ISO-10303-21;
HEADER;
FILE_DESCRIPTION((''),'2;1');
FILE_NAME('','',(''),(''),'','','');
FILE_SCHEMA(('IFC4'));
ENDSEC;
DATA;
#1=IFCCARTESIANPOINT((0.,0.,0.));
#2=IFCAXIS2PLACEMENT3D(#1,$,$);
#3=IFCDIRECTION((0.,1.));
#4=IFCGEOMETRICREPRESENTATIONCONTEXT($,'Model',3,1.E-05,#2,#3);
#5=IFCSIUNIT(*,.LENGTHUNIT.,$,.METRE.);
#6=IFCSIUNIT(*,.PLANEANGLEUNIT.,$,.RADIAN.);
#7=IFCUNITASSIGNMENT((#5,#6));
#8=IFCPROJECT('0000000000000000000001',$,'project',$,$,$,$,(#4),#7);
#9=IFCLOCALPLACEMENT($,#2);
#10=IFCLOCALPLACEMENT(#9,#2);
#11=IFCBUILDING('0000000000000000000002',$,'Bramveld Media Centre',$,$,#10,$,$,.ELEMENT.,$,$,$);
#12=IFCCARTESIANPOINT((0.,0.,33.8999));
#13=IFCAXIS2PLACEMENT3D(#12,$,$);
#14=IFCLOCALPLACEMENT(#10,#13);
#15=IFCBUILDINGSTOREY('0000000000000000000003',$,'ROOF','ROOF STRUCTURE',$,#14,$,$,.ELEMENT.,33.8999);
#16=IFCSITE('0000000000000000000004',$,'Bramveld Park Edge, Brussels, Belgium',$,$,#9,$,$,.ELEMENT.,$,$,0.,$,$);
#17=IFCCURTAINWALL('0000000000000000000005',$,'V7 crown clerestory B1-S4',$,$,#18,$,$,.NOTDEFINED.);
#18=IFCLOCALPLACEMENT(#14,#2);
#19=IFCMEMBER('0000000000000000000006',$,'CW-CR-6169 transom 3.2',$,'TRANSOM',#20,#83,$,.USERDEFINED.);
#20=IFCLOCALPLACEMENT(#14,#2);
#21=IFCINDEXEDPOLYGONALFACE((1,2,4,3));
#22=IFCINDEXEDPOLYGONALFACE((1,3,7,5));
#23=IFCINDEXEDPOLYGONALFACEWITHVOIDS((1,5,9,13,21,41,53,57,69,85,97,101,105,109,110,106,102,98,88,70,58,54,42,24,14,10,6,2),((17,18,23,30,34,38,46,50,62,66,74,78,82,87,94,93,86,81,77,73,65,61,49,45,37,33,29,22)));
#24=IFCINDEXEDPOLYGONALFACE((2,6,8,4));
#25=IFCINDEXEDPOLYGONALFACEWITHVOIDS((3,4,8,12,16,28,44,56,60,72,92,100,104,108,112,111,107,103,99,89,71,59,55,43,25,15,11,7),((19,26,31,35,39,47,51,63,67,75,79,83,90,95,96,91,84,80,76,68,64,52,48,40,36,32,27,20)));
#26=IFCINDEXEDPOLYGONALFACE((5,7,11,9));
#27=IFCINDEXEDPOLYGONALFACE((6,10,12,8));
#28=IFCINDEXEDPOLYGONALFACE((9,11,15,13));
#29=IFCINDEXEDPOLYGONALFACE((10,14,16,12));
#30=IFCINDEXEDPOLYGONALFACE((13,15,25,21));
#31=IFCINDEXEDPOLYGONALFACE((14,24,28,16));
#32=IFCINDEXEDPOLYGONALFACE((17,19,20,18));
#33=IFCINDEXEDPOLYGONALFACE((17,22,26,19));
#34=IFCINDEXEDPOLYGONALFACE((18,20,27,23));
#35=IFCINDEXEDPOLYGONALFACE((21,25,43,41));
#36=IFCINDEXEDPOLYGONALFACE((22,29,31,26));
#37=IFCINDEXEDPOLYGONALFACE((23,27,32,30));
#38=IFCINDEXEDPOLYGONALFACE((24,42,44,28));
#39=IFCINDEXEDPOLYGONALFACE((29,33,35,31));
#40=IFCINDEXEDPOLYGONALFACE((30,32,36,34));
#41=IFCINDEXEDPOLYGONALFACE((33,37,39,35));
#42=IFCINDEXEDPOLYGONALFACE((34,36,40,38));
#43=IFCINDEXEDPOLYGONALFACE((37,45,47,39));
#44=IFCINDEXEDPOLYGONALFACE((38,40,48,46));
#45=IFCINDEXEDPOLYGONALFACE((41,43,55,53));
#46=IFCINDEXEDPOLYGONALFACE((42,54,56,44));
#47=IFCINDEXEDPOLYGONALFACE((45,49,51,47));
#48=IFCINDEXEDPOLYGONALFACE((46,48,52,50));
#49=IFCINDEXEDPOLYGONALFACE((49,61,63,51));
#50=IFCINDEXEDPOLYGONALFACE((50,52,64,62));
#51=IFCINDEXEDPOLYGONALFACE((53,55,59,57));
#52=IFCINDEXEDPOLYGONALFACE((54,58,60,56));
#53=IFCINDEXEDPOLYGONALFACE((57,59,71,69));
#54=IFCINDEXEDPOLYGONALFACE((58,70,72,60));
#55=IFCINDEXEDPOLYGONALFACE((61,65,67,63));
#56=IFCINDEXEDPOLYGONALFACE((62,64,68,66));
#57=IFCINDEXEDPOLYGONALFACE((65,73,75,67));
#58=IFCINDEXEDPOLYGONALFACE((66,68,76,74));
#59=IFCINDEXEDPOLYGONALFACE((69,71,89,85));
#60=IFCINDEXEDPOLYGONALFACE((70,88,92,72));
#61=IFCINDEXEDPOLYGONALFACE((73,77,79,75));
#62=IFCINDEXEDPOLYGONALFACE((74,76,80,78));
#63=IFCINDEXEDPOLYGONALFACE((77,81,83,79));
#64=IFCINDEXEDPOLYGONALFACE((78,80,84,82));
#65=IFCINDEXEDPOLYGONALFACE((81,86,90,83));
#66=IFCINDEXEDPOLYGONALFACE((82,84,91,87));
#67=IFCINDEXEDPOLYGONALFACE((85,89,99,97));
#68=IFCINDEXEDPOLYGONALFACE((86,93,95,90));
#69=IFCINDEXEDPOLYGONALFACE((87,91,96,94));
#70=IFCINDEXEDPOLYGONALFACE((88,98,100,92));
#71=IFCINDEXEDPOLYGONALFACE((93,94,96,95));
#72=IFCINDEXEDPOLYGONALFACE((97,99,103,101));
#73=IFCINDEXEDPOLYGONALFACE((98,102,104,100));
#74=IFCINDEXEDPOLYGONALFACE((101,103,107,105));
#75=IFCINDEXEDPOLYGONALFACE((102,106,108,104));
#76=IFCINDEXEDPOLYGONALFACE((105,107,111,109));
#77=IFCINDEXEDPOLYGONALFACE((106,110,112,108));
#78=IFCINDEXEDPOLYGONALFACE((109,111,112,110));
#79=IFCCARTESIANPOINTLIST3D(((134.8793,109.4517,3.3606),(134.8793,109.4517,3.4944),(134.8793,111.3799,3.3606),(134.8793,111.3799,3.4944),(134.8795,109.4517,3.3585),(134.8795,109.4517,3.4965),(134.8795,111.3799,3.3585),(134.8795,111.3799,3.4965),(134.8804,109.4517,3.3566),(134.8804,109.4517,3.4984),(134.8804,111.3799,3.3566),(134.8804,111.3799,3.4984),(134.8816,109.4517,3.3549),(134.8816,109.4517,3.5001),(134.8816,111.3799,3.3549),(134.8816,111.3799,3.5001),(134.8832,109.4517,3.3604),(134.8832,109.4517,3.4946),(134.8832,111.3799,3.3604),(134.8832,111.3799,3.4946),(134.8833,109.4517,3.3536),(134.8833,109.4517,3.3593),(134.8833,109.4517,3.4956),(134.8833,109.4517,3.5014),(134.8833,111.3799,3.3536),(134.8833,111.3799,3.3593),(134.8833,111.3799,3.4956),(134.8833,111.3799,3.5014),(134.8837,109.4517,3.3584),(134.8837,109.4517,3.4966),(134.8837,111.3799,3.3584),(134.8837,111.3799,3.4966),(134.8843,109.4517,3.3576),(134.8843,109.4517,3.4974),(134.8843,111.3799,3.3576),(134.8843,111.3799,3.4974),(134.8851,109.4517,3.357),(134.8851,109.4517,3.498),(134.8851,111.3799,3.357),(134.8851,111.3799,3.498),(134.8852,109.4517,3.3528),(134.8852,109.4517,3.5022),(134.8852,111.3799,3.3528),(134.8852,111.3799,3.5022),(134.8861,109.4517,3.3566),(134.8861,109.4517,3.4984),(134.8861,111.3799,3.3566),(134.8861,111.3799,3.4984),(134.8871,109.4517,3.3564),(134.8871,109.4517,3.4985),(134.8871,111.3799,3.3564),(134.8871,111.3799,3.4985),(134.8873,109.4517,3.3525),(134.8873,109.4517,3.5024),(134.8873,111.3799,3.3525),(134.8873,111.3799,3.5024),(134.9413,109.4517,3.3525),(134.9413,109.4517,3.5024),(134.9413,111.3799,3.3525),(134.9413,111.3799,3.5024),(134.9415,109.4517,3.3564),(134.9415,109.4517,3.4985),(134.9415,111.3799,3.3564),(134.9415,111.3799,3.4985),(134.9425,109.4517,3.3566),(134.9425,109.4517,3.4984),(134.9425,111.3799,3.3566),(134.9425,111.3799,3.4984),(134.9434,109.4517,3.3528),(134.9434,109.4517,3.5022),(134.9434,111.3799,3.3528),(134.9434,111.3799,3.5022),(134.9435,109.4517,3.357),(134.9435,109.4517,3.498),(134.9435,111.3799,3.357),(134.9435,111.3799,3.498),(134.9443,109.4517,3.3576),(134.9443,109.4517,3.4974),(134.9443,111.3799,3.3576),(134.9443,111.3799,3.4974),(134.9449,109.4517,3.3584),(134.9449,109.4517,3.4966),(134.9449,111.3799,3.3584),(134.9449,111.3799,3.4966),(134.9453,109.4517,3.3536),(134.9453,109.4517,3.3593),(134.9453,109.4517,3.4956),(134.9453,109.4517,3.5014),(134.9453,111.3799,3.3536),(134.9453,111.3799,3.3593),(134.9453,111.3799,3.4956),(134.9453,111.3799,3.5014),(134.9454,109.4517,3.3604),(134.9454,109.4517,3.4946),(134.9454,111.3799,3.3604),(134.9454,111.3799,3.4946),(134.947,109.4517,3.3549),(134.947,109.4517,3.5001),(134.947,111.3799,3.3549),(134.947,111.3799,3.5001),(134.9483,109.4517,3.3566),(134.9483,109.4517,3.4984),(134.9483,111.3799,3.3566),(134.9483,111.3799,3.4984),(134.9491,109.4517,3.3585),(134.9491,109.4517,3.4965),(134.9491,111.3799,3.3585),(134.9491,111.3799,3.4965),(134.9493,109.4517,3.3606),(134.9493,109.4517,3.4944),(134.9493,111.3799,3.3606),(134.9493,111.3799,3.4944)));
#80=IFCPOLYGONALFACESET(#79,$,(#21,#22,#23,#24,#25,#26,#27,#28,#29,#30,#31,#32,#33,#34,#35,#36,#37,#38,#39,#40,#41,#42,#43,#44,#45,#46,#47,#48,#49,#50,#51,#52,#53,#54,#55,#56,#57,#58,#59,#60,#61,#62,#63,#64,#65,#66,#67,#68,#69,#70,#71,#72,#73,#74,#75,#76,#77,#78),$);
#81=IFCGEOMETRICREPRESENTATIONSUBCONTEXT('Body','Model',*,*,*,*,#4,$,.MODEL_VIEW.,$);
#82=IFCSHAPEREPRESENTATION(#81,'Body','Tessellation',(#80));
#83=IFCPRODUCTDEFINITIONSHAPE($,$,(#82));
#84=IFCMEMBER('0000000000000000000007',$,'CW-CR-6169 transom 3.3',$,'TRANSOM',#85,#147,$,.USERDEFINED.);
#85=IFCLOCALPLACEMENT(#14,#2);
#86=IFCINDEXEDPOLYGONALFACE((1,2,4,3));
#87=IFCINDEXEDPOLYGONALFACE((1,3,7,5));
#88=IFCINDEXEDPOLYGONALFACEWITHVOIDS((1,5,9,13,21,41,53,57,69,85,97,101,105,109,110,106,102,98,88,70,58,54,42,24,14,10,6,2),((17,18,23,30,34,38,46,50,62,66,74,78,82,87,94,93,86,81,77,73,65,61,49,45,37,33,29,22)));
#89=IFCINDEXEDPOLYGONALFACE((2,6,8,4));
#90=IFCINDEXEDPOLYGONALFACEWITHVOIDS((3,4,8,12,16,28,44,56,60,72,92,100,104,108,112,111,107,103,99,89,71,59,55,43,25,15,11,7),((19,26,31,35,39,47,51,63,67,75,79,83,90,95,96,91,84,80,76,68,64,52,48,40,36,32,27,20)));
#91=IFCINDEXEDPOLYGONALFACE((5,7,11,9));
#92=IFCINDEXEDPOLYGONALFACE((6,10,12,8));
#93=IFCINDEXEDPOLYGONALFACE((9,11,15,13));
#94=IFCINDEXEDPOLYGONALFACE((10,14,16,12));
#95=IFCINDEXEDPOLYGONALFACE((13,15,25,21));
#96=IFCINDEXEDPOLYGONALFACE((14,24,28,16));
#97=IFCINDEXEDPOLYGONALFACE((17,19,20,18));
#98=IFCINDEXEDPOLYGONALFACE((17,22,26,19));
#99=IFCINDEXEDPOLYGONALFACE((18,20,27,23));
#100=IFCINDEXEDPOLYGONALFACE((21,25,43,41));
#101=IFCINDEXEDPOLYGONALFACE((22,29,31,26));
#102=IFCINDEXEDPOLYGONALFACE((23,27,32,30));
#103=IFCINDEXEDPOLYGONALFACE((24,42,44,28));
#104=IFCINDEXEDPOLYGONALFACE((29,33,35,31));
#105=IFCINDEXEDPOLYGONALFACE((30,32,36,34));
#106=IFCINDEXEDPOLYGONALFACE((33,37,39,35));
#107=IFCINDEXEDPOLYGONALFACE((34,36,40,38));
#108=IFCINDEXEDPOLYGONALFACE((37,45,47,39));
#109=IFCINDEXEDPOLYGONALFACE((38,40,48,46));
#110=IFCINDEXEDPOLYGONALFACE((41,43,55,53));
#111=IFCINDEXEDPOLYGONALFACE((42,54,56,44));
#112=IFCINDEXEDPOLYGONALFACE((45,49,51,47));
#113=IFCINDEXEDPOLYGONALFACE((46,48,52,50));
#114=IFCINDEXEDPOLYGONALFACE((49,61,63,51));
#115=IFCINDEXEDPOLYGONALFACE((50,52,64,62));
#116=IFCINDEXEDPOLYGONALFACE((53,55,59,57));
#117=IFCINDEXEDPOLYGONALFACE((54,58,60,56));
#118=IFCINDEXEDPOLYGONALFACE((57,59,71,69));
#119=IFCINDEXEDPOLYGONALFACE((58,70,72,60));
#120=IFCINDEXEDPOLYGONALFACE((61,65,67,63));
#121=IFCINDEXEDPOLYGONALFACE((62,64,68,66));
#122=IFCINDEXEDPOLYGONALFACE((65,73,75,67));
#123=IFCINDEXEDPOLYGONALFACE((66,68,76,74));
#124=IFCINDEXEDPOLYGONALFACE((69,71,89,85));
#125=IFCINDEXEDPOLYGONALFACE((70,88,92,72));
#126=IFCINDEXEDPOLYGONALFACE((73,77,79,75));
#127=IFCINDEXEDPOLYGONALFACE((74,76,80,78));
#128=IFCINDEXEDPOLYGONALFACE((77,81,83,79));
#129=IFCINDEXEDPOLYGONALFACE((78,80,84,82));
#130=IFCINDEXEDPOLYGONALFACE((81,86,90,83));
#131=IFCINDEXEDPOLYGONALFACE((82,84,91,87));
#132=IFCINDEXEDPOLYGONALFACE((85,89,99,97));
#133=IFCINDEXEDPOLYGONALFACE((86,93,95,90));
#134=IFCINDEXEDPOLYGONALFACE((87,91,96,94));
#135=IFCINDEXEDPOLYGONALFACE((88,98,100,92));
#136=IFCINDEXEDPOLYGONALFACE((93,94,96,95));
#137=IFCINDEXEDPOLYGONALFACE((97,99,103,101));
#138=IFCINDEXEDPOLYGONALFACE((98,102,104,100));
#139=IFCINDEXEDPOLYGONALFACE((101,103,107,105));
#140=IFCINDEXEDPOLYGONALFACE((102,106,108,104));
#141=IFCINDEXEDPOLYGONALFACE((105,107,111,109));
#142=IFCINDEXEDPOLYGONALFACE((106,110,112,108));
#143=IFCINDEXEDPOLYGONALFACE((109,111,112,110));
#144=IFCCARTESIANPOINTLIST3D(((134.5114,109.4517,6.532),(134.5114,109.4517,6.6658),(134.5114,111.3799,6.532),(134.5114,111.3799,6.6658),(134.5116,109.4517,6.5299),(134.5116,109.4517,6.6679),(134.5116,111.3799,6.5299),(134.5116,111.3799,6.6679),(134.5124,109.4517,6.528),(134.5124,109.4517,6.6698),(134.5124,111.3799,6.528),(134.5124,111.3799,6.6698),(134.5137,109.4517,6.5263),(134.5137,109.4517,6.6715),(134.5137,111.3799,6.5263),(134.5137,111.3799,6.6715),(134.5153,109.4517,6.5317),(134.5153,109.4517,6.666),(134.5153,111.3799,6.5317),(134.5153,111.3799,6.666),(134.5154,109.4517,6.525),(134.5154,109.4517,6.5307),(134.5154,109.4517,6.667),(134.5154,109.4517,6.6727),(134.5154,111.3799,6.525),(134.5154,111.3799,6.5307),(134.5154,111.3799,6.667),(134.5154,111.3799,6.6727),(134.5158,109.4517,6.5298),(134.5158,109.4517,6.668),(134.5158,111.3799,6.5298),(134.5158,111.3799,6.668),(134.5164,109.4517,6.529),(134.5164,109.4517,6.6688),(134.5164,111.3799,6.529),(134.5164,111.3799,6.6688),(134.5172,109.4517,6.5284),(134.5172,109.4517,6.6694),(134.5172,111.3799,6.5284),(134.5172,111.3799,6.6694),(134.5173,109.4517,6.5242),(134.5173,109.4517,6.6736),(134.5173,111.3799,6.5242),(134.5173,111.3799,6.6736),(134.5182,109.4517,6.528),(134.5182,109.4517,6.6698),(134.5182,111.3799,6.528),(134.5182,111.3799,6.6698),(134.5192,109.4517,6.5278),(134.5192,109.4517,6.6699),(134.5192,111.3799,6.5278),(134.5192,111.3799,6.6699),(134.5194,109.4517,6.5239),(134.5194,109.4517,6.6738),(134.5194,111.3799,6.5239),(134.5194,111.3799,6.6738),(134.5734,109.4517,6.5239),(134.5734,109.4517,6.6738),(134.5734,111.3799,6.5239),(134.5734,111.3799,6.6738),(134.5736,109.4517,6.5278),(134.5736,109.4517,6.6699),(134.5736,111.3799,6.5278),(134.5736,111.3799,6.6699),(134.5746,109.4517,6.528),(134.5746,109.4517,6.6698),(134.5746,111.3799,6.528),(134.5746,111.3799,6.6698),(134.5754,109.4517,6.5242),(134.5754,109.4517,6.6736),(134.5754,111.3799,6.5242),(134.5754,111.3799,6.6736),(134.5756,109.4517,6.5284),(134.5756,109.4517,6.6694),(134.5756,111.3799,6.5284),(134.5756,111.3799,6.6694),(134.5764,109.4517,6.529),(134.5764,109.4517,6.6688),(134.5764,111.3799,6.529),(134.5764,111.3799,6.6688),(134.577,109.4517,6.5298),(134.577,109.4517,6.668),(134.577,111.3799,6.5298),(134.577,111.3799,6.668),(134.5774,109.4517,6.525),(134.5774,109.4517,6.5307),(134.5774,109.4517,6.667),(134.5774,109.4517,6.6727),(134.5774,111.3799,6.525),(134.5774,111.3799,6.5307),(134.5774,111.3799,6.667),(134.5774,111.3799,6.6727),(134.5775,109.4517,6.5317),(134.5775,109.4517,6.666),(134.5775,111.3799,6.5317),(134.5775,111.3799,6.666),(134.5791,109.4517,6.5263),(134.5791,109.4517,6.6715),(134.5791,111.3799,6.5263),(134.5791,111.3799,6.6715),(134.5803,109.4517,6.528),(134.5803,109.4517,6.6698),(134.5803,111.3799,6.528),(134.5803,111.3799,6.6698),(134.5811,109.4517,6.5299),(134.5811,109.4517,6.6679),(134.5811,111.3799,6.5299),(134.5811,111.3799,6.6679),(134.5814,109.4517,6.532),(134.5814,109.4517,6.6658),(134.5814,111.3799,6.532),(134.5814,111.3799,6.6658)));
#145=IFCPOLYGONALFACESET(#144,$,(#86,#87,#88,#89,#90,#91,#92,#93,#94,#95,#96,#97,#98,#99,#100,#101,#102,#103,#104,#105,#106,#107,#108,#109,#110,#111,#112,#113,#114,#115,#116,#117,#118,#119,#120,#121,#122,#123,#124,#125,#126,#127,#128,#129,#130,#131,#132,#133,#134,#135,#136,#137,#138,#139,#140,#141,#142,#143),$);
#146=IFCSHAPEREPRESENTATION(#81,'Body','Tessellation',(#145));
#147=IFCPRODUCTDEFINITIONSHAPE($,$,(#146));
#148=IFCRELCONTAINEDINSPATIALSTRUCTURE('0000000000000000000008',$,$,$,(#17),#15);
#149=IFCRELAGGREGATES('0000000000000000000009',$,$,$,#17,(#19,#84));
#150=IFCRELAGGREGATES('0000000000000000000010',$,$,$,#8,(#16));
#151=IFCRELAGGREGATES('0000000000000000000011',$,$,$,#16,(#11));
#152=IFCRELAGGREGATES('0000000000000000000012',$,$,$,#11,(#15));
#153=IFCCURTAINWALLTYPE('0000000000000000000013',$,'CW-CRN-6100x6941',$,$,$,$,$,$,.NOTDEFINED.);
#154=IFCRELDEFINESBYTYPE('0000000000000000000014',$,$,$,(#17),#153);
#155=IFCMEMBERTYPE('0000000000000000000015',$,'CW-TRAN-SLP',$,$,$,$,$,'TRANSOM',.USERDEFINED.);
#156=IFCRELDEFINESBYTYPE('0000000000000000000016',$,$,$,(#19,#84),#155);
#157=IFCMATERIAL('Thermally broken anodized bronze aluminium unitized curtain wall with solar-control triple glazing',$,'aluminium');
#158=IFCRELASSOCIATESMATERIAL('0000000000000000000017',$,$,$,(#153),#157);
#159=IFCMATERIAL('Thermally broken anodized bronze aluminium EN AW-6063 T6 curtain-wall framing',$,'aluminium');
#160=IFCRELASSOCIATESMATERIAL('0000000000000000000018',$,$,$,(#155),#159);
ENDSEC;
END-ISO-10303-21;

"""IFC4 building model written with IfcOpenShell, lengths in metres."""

from ifc_helpers import new_model, si_unit, direction, frame, origin, origin_2d, place, context, subcontext, project, spatial, hollow_rectangle, extrude, material, material_profile, profile_set, type_object, element, aggregate, save


model = new_model("IFC4")

# Units and contexts
model_context = context("Model", 3, precision=1e-05, world=origin(), true_north=direction((0.0, 1.0)))
body_context = subcontext(model_context, "Body", "Model", "MODEL_VIEW")
ifc_project = project(units=[si_unit("LENGTHUNIT", "METRE"), si_unit("PLANEANGLEUNIT", "RADIAN")], contexts=[model_context])

# Site, building, storey
site_placement = place(None, origin())
site = spatial("IfcSite", under=ifc_project, at=site_placement, Name="Bramveld Park Edge, Brussels, Belgium", CompositionType="ELEMENT", RefElevation=0.0)
building_placement = place(site_placement, origin())
building = spatial("IfcBuilding", under=site, at=building_placement, Name="Bramveld Media Centre", CompositionType="ELEMENT")
storey_placement = place(building_placement, frame((0.0, 0.0, 33.8999)))
storey = spatial("IfcBuildingStorey", under=building, at=storey_placement, Name="ROOF", Description="ROOF STRUCTURE", CompositionType="ELEMENT", Elevation=33.8999)

# Curtain wall, members
ifc_material_1 = material(Name="Thermally broken anodized bronze aluminium unitized curtain wall with solar-control triple glazing", Category="aluminium")
curtain_wall_type = type_object("IfcCurtainWallType", Name="CW-CRN-6100x6941", PredefinedType="NOTDEFINED", material=ifc_material_1)
curtain_wall_placement = place(storey_placement, origin())
curtain_wall = element("IfcCurtainWall", 1, at=curtain_wall_placement, inside=storey, type_object=curtain_wall_type, Name="V7 crown clerestory B1-S4", PredefinedType="NOTDEFINED")
ifc_material_2 = material(Name="Thermally broken anodized bronze aluminium EN AW-6063 T6 curtain-wall framing", Category="aluminium")
ifc_material_profile_1 = material_profile(ifc_material_2, hollow_rectangle(XDim=0.0701, YDim=0.1499, WallThickness=0.0039, InnerFilletRadius=0.0039, OuterFilletRadius=0.0081, at=origin_2d()), Name="AL-TRAN 70x150")
ifc_profile_set_1 = profile_set([ifc_material_profile_1], Name="Thermally broken anodized bronze aluminium EN AW-6063 T6 curtain-wall framing")
member_type_1 = type_object("IfcMemberType", Name="CW-TRAN-SLP", ElementType="TRANSOM", PredefinedType="USERDEFINED", material=ifc_profile_set_1)
member_1_placement = place(storey_placement, frame((134.9143, 109.4517, 3.4275), z_axis=(0.0, 1.0, 0.0), x_axis=(-1.0, 0.0, 0.0)))
member_1 = element("IfcMember", 2, at=member_1_placement, type_object=member_type_1, Name="CW-CR-6169 transom 3.2", ObjectType="TRANSOM", PredefinedType="USERDEFINED", context=body_context, shape_type="SweptSolid", body=[
    extrude(hollow_rectangle(XDim=0.0701, YDim=0.1499, WallThickness=0.0039, InnerFilletRadius=0.0039, OuterFilletRadius=0.0081, at=origin_2d()), origin(), (0.0, 0.0, 1.0), 1.9282),
])
member_2_placement = place(storey_placement, frame((134.5464, 109.4517, 6.5989), z_axis=(0.0, 1.0, 0.0), x_axis=(-1.0, 0.0, 0.0)))
member_2 = element("IfcMember", 3, at=member_2_placement, type_object=member_type_1, Name="CW-CR-6169 transom 3.3", ObjectType="TRANSOM", PredefinedType="USERDEFINED", context=body_context, shape_type="SweptSolid", body=[
    extrude(hollow_rectangle(XDim=0.0701, YDim=0.1499, WallThickness=0.0039, InnerFilletRadius=0.0039, OuterFilletRadius=0.0081, at=origin_2d()), origin(), (0.0, 0.0, 1.0), 1.9282),
])

aggregate(curtain_wall, [member_1, member_2])

save(model, "model.ifc")
